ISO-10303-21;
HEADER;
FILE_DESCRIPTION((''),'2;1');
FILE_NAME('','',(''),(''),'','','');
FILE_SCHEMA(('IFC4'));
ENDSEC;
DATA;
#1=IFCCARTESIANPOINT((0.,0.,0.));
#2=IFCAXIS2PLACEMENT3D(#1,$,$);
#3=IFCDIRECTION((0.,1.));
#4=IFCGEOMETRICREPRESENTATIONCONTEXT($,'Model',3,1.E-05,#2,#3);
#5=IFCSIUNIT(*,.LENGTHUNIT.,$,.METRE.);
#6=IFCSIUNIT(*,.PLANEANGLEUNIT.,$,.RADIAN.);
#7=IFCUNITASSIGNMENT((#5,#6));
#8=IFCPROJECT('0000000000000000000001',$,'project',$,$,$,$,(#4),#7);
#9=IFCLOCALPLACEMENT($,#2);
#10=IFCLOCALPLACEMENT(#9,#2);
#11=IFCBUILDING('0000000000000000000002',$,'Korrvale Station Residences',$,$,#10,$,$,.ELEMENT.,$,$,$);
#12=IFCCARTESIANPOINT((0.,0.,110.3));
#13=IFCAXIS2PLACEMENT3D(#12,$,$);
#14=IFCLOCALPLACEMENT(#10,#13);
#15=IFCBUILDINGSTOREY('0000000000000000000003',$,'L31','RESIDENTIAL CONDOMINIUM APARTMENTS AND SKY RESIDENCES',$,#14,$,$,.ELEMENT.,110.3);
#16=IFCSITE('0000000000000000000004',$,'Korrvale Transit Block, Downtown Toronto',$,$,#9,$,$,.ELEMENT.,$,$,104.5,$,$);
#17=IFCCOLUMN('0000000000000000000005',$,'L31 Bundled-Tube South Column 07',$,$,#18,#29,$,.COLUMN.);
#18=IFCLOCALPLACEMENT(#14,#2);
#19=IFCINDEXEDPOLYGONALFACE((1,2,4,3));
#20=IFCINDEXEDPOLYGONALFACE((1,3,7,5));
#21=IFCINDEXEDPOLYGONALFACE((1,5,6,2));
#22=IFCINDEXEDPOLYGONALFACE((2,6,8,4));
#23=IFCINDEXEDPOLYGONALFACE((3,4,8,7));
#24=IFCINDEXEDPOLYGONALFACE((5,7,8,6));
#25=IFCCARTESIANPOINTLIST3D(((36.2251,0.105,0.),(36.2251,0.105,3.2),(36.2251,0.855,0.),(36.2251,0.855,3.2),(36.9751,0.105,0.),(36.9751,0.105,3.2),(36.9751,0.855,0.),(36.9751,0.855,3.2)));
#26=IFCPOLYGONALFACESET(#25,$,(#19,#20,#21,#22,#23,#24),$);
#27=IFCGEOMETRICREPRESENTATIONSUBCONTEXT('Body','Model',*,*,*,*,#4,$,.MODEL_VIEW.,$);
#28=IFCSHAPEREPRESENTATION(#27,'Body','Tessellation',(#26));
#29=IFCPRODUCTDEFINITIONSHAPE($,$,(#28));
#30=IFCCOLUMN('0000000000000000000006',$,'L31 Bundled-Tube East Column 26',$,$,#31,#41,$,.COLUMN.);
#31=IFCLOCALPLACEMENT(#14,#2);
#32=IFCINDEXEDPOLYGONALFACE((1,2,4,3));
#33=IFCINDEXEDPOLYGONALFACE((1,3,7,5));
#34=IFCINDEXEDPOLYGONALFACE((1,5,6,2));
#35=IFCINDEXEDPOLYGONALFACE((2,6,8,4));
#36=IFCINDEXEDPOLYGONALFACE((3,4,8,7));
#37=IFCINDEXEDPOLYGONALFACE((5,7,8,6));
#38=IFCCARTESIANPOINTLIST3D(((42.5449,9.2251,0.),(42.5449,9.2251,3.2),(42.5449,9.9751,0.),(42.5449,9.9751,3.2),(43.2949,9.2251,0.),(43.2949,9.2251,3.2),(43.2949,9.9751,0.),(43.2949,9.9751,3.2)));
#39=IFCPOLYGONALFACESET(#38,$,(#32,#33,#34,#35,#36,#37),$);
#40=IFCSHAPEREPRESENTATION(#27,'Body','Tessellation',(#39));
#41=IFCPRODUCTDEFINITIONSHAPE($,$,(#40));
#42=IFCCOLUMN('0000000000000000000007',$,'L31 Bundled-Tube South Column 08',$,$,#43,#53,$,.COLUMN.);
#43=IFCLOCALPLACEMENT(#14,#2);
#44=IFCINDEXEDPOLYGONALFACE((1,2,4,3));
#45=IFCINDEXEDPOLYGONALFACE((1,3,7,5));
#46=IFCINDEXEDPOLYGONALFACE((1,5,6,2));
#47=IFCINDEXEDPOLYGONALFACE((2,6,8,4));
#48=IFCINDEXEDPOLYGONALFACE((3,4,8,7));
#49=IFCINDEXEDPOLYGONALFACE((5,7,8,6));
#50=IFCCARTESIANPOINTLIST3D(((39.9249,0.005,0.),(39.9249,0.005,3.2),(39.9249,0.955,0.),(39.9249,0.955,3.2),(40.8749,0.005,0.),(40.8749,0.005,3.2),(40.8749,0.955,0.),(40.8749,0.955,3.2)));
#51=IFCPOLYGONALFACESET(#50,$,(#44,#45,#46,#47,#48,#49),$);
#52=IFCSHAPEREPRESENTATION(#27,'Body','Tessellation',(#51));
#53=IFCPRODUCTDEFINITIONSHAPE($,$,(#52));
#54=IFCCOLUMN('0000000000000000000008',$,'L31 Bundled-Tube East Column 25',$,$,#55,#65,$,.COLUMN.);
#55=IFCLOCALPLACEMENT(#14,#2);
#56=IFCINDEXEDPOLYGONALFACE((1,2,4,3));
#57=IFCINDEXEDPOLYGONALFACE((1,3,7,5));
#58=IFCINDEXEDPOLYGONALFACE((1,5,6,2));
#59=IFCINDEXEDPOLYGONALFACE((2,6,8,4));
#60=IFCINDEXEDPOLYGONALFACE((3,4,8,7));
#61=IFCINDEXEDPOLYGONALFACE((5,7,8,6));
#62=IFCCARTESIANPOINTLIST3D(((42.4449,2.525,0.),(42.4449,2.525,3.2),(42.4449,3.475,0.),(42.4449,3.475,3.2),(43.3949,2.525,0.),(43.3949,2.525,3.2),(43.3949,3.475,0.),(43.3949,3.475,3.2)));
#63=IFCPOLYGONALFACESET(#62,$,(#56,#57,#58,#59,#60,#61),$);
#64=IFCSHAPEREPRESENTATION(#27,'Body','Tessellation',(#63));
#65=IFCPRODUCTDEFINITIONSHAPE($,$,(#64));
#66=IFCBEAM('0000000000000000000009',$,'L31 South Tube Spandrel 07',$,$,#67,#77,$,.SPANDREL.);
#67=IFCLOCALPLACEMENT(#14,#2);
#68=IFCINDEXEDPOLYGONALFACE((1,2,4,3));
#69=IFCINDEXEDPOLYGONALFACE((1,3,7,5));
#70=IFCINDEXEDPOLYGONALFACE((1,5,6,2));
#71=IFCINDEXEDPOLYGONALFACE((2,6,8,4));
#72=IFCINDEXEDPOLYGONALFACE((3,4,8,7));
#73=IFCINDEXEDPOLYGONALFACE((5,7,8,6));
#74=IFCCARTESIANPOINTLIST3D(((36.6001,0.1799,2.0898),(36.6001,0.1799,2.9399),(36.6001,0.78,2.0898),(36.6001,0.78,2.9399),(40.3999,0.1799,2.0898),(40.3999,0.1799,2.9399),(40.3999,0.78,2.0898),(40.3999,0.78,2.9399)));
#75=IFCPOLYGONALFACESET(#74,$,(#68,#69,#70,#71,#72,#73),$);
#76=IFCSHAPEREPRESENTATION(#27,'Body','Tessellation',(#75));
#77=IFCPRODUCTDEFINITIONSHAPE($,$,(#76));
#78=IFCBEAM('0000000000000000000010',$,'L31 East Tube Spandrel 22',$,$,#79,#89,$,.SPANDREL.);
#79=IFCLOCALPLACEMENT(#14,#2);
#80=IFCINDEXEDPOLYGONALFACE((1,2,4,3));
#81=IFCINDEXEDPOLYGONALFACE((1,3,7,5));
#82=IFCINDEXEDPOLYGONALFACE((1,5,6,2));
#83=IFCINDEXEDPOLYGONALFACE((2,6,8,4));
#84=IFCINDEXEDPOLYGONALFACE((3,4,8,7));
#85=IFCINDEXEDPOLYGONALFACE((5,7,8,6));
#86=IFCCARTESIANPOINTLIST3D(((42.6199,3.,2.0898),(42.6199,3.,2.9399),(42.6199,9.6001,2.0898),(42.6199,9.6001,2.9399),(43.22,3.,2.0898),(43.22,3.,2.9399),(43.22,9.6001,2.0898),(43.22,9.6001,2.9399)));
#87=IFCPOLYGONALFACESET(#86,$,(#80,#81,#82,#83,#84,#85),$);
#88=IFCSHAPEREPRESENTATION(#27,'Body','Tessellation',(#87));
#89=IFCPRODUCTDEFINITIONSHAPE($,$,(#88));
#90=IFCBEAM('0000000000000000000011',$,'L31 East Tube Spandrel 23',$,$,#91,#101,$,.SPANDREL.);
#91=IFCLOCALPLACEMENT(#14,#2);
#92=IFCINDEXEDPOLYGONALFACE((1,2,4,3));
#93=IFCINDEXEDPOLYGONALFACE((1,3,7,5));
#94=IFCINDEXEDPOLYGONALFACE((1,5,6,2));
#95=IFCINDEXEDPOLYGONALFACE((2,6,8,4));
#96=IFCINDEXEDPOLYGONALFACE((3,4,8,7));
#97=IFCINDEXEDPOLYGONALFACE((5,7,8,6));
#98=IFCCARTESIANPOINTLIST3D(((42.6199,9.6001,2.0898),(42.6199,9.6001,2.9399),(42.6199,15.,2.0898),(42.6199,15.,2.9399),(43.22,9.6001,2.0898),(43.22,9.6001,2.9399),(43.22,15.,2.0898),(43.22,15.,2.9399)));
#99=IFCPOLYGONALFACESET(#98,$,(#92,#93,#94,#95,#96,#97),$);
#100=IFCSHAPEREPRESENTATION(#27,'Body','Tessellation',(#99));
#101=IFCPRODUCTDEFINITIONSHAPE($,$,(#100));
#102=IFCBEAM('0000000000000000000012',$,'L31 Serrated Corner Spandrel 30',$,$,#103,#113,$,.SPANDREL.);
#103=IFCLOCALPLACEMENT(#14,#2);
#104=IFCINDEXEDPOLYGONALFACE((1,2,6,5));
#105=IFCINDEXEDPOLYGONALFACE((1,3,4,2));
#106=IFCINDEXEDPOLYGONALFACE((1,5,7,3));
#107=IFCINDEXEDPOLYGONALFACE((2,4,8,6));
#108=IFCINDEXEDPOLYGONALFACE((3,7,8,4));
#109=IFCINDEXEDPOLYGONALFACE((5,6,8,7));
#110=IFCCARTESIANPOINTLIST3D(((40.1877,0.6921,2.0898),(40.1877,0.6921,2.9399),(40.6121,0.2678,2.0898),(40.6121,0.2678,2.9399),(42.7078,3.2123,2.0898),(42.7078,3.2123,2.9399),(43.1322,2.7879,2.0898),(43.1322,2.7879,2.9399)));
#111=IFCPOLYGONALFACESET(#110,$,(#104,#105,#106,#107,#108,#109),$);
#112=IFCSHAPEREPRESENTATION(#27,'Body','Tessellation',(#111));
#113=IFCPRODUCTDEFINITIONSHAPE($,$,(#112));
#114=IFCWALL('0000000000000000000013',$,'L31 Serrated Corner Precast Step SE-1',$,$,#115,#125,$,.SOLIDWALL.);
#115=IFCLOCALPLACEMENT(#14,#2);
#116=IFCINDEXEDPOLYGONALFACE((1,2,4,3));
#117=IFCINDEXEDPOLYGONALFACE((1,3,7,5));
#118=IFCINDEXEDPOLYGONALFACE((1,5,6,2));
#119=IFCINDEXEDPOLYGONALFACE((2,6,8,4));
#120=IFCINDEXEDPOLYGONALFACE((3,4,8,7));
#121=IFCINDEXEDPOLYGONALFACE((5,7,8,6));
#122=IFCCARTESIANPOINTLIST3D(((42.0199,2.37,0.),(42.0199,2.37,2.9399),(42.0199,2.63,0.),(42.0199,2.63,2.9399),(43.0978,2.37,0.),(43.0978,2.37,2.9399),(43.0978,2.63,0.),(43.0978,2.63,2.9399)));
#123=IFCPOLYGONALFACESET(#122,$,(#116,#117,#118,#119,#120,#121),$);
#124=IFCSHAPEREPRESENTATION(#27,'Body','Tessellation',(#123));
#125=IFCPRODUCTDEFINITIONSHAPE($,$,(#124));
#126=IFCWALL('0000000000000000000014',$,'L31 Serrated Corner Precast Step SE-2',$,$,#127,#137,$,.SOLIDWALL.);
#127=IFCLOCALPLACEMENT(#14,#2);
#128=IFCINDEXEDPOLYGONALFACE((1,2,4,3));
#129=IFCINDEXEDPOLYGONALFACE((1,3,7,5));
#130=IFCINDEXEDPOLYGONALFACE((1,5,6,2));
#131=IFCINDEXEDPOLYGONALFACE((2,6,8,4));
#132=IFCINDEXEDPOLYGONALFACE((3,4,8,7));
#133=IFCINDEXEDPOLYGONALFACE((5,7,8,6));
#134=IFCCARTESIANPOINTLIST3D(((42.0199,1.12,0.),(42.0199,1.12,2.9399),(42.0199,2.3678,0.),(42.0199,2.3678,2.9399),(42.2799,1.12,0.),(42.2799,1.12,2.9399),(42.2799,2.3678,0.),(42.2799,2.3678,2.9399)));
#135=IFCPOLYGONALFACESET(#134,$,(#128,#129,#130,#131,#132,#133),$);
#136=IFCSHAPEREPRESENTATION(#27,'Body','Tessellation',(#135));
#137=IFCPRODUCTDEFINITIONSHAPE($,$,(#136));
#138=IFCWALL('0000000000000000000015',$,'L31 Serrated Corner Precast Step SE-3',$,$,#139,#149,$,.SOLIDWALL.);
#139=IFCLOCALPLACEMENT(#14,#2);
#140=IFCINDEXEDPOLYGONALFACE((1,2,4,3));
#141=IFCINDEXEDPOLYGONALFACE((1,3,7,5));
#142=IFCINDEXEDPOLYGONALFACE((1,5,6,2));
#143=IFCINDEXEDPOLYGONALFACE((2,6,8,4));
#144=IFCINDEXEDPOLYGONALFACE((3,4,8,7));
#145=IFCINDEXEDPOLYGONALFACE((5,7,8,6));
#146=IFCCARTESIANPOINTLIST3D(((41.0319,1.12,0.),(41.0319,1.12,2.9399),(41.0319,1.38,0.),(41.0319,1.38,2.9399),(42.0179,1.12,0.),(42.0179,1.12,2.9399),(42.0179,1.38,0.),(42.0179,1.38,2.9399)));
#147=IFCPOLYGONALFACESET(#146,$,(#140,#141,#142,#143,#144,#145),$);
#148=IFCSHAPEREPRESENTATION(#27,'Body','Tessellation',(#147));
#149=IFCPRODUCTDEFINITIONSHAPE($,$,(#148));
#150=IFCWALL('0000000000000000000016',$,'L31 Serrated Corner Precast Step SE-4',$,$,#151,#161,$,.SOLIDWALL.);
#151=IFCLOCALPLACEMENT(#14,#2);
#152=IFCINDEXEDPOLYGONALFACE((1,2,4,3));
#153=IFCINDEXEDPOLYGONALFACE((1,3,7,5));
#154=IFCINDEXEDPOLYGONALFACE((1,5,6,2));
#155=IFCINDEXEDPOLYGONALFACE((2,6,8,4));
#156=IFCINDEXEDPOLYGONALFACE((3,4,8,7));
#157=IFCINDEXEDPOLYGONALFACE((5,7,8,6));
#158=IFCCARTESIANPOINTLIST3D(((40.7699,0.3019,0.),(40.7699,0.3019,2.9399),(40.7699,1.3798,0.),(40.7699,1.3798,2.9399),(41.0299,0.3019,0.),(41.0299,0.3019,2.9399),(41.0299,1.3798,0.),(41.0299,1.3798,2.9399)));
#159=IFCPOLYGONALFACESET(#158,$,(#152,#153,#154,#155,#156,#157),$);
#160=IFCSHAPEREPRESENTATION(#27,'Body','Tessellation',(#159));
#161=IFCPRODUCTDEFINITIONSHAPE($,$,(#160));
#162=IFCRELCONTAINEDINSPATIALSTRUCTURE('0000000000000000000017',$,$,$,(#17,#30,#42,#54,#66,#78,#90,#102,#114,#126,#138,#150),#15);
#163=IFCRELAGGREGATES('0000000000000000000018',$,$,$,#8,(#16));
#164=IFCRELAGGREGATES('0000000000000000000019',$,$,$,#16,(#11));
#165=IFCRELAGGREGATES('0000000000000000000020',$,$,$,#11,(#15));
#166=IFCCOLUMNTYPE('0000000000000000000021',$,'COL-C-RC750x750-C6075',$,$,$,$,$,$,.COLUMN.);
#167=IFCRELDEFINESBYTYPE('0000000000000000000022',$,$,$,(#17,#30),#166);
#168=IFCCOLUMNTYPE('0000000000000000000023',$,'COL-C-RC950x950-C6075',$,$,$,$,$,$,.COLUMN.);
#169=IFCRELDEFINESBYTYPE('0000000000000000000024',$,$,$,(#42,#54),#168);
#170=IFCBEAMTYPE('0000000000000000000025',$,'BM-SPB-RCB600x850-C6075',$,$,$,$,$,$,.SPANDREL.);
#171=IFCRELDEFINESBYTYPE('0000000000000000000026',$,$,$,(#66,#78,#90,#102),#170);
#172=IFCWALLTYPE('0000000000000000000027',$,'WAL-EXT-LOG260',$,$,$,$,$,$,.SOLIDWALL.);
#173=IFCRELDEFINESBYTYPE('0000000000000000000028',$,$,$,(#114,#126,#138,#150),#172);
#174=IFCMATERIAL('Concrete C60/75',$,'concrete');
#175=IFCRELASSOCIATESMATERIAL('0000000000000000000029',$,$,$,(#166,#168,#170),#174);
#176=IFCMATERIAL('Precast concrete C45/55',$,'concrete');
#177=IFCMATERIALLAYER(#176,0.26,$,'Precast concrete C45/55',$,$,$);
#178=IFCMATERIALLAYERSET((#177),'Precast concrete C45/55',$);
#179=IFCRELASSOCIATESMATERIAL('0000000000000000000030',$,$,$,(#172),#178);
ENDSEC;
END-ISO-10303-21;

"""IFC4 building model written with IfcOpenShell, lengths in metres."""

from ifc_helpers import new_model, si_unit, direction, frame, frame_2d, origin, origin_2d, place, context, subcontext, project, spatial, rectangle, extrude, material, layer, layer_set, material_profile, profile_set, type_object, element, save


model = new_model("IFC4")

# Units and contexts
model_context = context("Model", 3, precision=1e-05, world=origin(), true_north=direction((0.0, 1.0)))
body_context = subcontext(model_context, "Body", "Model", "MODEL_VIEW")
ifc_project = project(units=[si_unit("LENGTHUNIT", "METRE"), si_unit("PLANEANGLEUNIT", "RADIAN")], contexts=[model_context])

# Site, building, storey
site_placement = place(None, origin())
site = spatial("IfcSite", under=ifc_project, at=site_placement, Name="Korrvale Transit Block, Downtown Toronto", CompositionType="ELEMENT", RefElevation=104.5)
building_placement = place(site_placement, origin())
building = spatial("IfcBuilding", under=site, at=building_placement, Name="Korrvale Station Residences", CompositionType="ELEMENT")
storey_placement = place(building_placement, frame((0.0, 0.0, 110.3)))
storey = spatial("IfcBuildingStorey", under=building, at=storey_placement, Name="L31", Description="RESIDENTIAL CONDOMINIUM APARTMENTS AND SKY RESIDENCES", CompositionType="ELEMENT", Elevation=110.3)

# Columns
ifc_material_1 = material(Name="Concrete C60/75", Category="concrete")
ifc_material_profile_1 = material_profile(ifc_material_1, rectangle(XDim=0.75, YDim=0.75, at=origin_2d()), Name="RC750x750")
ifc_profile_set_1 = profile_set([ifc_material_profile_1], Name="Concrete C60/75")
column_type_1 = type_object("IfcColumnType", Name="COL-C-RC750x750-C6075", PredefinedType="COLUMN", material=ifc_profile_set_1)
for number, where, z_axis, x_axis, name in (
    (1, (36.6001, 0.48, 0.0), (0.0, 0.0, 1.0), (1.0, 0.0, 0.0), "L31 Bundled-Tube South Column 07"),
    (2, (42.9199, 9.6001, 0.0), (0.0, 0.0, 1.0), (1.0, 0.0, 0.0), "L31 Bundled-Tube East Column 26"),
):
    element("IfcColumn", number, at=place(storey_placement, frame(where, z_axis=z_axis, x_axis=x_axis)), inside=storey, type_object=column_type_1, Name=name, PredefinedType="COLUMN", context=body_context, shape_type="SweptSolid", body=[
        extrude(rectangle(XDim=0.75, YDim=0.75, at=origin_2d()), origin(), (0.0, 0.0, 1.0), 3.2),
    ])
ifc_material_profile_2 = material_profile(ifc_material_1, rectangle(XDim=0.95, YDim=0.95, at=origin_2d()), Name="RC950x950")
ifc_profile_set_2 = profile_set([ifc_material_profile_2], Name="Concrete C60/75")
column_type_2 = type_object("IfcColumnType", Name="COL-C-RC950x950-C6075", PredefinedType="COLUMN", material=ifc_profile_set_2)
for number, where, z_axis, x_axis, name in (
    (3, (40.3999, 0.48, 0.0), (0.0, 0.0, 1.0), (1.0, 0.0, 0.0), "L31 Bundled-Tube South Column 08"),
    (4, (42.9199, 3.0, 0.0), (0.0, 0.0, 1.0), (1.0, 0.0, 0.0), "L31 Bundled-Tube East Column 25"),
):
    element("IfcColumn", number, at=place(storey_placement, frame(where, z_axis=z_axis, x_axis=x_axis)), inside=storey, type_object=column_type_2, Name=name, PredefinedType="COLUMN", context=body_context, shape_type="SweptSolid", body=[
        extrude(rectangle(XDim=0.95, YDim=0.95, at=origin_2d()), origin(), (0.0, 0.0, 1.0), 3.2),
    ])

# Beams
ifc_material_profile_3 = material_profile(ifc_material_1, rectangle(XDim=0.6001, YDim=0.8501, at=origin_2d()), Name="RCB600x850")
ifc_profile_set_3 = profile_set([ifc_material_profile_3], Name="Concrete C60/75")
beam_type = type_object("IfcBeamType", Name="BM-SPB-RCB600x850-C6075", PredefinedType="SPANDREL", material=ifc_profile_set_3)
beam_1_placement = place(storey_placement, frame((36.6001, 0.48, 2.5149), z_axis=(1.0, 0.0, 0.0), x_axis=(0.0, 1.0, 0.0)))
element("IfcBeam", 5, at=beam_1_placement, inside=storey, type_object=beam_type, Name="L31 South Tube Spandrel 07", PredefinedType="SPANDREL", context=body_context, shape_type="SweptSolid", body=[
    extrude(rectangle(XDim=0.6001, YDim=0.8501, at=origin_2d()), origin(), (0.0, 0.0, 1.0), 3.7998),
])
beam_2_placement = place(storey_placement, frame((42.9199, 3.0, 2.5149), z_axis=(0.0, 1.0, 0.0), x_axis=(-1.0, 0.0, 0.0)))
element("IfcBeam", 6, at=beam_2_placement, inside=storey, type_object=beam_type, Name="L31 East Tube Spandrel 22", PredefinedType="SPANDREL", context=body_context, shape_type="SweptSolid", body=[
    extrude(rectangle(XDim=0.6001, YDim=0.8501, at=origin_2d()), origin(), (0.0, 0.0, 1.0), 6.6001),
])
beam_3_placement = place(storey_placement, frame((42.9199, 9.6001, 2.5149), z_axis=(0.0, 1.0, 0.0), x_axis=(-1.0, 0.0, 0.0)))
element("IfcBeam", 7, at=beam_3_placement, inside=storey, type_object=beam_type, Name="L31 East Tube Spandrel 23", PredefinedType="SPANDREL", context=body_context, shape_type="SweptSolid", body=[
    extrude(rectangle(XDim=0.6001, YDim=0.8501, at=origin_2d()), origin(), (0.0, 0.0, 1.0), 5.3999),
])
beam_4_placement = place(storey_placement, frame((40.3999, 0.48, 2.5149), z_axis=(0.707107, 0.707107, 0.0), x_axis=(-0.707107, 0.707107, 0.0)))
element("IfcBeam", 8, at=beam_4_placement, inside=storey, type_object=beam_type, Name="L31 Serrated Corner Spandrel 30", PredefinedType="SPANDREL", context=body_context, shape_type="SweptSolid", body=[
    extrude(rectangle(XDim=0.6001, YDim=0.8501, at=origin_2d()), origin(), (0.0, 0.0, 1.0), 3.564),
])

# Walls
ifc_material_2 = material(Name="Precast concrete C45/55", Category="concrete")
ifc_layer_1 = layer(ifc_material_2, 0.26, Name="Precast concrete C45/55")
ifc_layer_set_1 = layer_set([ifc_layer_1], Name="Precast concrete C45/55")
wall_type_1 = type_object("IfcWallType", Name="WAL-EXT-LOG260", PredefinedType="SOLIDWALL", material=ifc_layer_set_1)
wall_1_placement = place(storey_placement, frame((43.0979, 2.5, 0.0), z_axis=(0.0, 0.0, 1.0), x_axis=(-1.0, 0.0, 0.0)))
element("IfcWall", 9, at=wall_1_placement, inside=storey, type_object=wall_type_1, Name="L31 Serrated Corner Precast Step SE-1", PredefinedType="SOLIDWALL", context=body_context, shape_type="SweptSolid", body=[
    extrude(rectangle(XDim=1.0779, YDim=0.26, at=frame_2d((0.5391, 0.0))), origin(), (0.0, 0.0, 1.0), 2.9399),
])
wall_2_placement = place(storey_placement, frame((42.1499, 2.3679, 0.0), z_axis=(0.0, 0.0, 1.0), x_axis=(0.0, -1.0, 0.0)))
element("IfcWall", 10, at=wall_2_placement, inside=storey, type_object=wall_type_1, Name="L31 Serrated Corner Precast Step SE-2", PredefinedType="SOLIDWALL", context=body_context, shape_type="SweptSolid", body=[
    extrude(rectangle(XDim=1.2478, YDim=0.26, at=frame_2d((0.624, 0.0))), origin(), (0.0, 0.0, 1.0), 2.9399),
])
wall_3_placement = place(storey_placement, frame((42.0181, 1.25, 0.0), z_axis=(0.0, 0.0, 1.0), x_axis=(-1.0, 0.0, 0.0)))
element("IfcWall", 11, at=wall_3_placement, inside=storey, type_object=wall_type_1, Name="L31 Serrated Corner Precast Step SE-3", PredefinedType="SOLIDWALL", context=body_context, shape_type="SweptSolid", body=[
    extrude(rectangle(XDim=0.9861, YDim=0.26, at=frame_2d((0.4932, 0.0))), origin(), (0.0, 0.0, 1.0), 2.9399),
])
wall_4_placement = place(storey_placement, frame((40.8999, 1.3799, 0.0), z_axis=(0.0, 0.0, 1.0), x_axis=(0.0, -1.0, 0.0)))
element("IfcWall", 12, at=wall_4_placement, inside=storey, type_object=wall_type_1, Name="L31 Serrated Corner Precast Step SE-4", PredefinedType="SOLIDWALL", context=body_context, shape_type="SweptSolid", body=[
    extrude(rectangle(XDim=1.0779, YDim=0.26, at=frame_2d((0.5391, 0.0))), origin(), (0.0, 0.0, 1.0), 2.9399),
])

save(model, "model.ifc")
